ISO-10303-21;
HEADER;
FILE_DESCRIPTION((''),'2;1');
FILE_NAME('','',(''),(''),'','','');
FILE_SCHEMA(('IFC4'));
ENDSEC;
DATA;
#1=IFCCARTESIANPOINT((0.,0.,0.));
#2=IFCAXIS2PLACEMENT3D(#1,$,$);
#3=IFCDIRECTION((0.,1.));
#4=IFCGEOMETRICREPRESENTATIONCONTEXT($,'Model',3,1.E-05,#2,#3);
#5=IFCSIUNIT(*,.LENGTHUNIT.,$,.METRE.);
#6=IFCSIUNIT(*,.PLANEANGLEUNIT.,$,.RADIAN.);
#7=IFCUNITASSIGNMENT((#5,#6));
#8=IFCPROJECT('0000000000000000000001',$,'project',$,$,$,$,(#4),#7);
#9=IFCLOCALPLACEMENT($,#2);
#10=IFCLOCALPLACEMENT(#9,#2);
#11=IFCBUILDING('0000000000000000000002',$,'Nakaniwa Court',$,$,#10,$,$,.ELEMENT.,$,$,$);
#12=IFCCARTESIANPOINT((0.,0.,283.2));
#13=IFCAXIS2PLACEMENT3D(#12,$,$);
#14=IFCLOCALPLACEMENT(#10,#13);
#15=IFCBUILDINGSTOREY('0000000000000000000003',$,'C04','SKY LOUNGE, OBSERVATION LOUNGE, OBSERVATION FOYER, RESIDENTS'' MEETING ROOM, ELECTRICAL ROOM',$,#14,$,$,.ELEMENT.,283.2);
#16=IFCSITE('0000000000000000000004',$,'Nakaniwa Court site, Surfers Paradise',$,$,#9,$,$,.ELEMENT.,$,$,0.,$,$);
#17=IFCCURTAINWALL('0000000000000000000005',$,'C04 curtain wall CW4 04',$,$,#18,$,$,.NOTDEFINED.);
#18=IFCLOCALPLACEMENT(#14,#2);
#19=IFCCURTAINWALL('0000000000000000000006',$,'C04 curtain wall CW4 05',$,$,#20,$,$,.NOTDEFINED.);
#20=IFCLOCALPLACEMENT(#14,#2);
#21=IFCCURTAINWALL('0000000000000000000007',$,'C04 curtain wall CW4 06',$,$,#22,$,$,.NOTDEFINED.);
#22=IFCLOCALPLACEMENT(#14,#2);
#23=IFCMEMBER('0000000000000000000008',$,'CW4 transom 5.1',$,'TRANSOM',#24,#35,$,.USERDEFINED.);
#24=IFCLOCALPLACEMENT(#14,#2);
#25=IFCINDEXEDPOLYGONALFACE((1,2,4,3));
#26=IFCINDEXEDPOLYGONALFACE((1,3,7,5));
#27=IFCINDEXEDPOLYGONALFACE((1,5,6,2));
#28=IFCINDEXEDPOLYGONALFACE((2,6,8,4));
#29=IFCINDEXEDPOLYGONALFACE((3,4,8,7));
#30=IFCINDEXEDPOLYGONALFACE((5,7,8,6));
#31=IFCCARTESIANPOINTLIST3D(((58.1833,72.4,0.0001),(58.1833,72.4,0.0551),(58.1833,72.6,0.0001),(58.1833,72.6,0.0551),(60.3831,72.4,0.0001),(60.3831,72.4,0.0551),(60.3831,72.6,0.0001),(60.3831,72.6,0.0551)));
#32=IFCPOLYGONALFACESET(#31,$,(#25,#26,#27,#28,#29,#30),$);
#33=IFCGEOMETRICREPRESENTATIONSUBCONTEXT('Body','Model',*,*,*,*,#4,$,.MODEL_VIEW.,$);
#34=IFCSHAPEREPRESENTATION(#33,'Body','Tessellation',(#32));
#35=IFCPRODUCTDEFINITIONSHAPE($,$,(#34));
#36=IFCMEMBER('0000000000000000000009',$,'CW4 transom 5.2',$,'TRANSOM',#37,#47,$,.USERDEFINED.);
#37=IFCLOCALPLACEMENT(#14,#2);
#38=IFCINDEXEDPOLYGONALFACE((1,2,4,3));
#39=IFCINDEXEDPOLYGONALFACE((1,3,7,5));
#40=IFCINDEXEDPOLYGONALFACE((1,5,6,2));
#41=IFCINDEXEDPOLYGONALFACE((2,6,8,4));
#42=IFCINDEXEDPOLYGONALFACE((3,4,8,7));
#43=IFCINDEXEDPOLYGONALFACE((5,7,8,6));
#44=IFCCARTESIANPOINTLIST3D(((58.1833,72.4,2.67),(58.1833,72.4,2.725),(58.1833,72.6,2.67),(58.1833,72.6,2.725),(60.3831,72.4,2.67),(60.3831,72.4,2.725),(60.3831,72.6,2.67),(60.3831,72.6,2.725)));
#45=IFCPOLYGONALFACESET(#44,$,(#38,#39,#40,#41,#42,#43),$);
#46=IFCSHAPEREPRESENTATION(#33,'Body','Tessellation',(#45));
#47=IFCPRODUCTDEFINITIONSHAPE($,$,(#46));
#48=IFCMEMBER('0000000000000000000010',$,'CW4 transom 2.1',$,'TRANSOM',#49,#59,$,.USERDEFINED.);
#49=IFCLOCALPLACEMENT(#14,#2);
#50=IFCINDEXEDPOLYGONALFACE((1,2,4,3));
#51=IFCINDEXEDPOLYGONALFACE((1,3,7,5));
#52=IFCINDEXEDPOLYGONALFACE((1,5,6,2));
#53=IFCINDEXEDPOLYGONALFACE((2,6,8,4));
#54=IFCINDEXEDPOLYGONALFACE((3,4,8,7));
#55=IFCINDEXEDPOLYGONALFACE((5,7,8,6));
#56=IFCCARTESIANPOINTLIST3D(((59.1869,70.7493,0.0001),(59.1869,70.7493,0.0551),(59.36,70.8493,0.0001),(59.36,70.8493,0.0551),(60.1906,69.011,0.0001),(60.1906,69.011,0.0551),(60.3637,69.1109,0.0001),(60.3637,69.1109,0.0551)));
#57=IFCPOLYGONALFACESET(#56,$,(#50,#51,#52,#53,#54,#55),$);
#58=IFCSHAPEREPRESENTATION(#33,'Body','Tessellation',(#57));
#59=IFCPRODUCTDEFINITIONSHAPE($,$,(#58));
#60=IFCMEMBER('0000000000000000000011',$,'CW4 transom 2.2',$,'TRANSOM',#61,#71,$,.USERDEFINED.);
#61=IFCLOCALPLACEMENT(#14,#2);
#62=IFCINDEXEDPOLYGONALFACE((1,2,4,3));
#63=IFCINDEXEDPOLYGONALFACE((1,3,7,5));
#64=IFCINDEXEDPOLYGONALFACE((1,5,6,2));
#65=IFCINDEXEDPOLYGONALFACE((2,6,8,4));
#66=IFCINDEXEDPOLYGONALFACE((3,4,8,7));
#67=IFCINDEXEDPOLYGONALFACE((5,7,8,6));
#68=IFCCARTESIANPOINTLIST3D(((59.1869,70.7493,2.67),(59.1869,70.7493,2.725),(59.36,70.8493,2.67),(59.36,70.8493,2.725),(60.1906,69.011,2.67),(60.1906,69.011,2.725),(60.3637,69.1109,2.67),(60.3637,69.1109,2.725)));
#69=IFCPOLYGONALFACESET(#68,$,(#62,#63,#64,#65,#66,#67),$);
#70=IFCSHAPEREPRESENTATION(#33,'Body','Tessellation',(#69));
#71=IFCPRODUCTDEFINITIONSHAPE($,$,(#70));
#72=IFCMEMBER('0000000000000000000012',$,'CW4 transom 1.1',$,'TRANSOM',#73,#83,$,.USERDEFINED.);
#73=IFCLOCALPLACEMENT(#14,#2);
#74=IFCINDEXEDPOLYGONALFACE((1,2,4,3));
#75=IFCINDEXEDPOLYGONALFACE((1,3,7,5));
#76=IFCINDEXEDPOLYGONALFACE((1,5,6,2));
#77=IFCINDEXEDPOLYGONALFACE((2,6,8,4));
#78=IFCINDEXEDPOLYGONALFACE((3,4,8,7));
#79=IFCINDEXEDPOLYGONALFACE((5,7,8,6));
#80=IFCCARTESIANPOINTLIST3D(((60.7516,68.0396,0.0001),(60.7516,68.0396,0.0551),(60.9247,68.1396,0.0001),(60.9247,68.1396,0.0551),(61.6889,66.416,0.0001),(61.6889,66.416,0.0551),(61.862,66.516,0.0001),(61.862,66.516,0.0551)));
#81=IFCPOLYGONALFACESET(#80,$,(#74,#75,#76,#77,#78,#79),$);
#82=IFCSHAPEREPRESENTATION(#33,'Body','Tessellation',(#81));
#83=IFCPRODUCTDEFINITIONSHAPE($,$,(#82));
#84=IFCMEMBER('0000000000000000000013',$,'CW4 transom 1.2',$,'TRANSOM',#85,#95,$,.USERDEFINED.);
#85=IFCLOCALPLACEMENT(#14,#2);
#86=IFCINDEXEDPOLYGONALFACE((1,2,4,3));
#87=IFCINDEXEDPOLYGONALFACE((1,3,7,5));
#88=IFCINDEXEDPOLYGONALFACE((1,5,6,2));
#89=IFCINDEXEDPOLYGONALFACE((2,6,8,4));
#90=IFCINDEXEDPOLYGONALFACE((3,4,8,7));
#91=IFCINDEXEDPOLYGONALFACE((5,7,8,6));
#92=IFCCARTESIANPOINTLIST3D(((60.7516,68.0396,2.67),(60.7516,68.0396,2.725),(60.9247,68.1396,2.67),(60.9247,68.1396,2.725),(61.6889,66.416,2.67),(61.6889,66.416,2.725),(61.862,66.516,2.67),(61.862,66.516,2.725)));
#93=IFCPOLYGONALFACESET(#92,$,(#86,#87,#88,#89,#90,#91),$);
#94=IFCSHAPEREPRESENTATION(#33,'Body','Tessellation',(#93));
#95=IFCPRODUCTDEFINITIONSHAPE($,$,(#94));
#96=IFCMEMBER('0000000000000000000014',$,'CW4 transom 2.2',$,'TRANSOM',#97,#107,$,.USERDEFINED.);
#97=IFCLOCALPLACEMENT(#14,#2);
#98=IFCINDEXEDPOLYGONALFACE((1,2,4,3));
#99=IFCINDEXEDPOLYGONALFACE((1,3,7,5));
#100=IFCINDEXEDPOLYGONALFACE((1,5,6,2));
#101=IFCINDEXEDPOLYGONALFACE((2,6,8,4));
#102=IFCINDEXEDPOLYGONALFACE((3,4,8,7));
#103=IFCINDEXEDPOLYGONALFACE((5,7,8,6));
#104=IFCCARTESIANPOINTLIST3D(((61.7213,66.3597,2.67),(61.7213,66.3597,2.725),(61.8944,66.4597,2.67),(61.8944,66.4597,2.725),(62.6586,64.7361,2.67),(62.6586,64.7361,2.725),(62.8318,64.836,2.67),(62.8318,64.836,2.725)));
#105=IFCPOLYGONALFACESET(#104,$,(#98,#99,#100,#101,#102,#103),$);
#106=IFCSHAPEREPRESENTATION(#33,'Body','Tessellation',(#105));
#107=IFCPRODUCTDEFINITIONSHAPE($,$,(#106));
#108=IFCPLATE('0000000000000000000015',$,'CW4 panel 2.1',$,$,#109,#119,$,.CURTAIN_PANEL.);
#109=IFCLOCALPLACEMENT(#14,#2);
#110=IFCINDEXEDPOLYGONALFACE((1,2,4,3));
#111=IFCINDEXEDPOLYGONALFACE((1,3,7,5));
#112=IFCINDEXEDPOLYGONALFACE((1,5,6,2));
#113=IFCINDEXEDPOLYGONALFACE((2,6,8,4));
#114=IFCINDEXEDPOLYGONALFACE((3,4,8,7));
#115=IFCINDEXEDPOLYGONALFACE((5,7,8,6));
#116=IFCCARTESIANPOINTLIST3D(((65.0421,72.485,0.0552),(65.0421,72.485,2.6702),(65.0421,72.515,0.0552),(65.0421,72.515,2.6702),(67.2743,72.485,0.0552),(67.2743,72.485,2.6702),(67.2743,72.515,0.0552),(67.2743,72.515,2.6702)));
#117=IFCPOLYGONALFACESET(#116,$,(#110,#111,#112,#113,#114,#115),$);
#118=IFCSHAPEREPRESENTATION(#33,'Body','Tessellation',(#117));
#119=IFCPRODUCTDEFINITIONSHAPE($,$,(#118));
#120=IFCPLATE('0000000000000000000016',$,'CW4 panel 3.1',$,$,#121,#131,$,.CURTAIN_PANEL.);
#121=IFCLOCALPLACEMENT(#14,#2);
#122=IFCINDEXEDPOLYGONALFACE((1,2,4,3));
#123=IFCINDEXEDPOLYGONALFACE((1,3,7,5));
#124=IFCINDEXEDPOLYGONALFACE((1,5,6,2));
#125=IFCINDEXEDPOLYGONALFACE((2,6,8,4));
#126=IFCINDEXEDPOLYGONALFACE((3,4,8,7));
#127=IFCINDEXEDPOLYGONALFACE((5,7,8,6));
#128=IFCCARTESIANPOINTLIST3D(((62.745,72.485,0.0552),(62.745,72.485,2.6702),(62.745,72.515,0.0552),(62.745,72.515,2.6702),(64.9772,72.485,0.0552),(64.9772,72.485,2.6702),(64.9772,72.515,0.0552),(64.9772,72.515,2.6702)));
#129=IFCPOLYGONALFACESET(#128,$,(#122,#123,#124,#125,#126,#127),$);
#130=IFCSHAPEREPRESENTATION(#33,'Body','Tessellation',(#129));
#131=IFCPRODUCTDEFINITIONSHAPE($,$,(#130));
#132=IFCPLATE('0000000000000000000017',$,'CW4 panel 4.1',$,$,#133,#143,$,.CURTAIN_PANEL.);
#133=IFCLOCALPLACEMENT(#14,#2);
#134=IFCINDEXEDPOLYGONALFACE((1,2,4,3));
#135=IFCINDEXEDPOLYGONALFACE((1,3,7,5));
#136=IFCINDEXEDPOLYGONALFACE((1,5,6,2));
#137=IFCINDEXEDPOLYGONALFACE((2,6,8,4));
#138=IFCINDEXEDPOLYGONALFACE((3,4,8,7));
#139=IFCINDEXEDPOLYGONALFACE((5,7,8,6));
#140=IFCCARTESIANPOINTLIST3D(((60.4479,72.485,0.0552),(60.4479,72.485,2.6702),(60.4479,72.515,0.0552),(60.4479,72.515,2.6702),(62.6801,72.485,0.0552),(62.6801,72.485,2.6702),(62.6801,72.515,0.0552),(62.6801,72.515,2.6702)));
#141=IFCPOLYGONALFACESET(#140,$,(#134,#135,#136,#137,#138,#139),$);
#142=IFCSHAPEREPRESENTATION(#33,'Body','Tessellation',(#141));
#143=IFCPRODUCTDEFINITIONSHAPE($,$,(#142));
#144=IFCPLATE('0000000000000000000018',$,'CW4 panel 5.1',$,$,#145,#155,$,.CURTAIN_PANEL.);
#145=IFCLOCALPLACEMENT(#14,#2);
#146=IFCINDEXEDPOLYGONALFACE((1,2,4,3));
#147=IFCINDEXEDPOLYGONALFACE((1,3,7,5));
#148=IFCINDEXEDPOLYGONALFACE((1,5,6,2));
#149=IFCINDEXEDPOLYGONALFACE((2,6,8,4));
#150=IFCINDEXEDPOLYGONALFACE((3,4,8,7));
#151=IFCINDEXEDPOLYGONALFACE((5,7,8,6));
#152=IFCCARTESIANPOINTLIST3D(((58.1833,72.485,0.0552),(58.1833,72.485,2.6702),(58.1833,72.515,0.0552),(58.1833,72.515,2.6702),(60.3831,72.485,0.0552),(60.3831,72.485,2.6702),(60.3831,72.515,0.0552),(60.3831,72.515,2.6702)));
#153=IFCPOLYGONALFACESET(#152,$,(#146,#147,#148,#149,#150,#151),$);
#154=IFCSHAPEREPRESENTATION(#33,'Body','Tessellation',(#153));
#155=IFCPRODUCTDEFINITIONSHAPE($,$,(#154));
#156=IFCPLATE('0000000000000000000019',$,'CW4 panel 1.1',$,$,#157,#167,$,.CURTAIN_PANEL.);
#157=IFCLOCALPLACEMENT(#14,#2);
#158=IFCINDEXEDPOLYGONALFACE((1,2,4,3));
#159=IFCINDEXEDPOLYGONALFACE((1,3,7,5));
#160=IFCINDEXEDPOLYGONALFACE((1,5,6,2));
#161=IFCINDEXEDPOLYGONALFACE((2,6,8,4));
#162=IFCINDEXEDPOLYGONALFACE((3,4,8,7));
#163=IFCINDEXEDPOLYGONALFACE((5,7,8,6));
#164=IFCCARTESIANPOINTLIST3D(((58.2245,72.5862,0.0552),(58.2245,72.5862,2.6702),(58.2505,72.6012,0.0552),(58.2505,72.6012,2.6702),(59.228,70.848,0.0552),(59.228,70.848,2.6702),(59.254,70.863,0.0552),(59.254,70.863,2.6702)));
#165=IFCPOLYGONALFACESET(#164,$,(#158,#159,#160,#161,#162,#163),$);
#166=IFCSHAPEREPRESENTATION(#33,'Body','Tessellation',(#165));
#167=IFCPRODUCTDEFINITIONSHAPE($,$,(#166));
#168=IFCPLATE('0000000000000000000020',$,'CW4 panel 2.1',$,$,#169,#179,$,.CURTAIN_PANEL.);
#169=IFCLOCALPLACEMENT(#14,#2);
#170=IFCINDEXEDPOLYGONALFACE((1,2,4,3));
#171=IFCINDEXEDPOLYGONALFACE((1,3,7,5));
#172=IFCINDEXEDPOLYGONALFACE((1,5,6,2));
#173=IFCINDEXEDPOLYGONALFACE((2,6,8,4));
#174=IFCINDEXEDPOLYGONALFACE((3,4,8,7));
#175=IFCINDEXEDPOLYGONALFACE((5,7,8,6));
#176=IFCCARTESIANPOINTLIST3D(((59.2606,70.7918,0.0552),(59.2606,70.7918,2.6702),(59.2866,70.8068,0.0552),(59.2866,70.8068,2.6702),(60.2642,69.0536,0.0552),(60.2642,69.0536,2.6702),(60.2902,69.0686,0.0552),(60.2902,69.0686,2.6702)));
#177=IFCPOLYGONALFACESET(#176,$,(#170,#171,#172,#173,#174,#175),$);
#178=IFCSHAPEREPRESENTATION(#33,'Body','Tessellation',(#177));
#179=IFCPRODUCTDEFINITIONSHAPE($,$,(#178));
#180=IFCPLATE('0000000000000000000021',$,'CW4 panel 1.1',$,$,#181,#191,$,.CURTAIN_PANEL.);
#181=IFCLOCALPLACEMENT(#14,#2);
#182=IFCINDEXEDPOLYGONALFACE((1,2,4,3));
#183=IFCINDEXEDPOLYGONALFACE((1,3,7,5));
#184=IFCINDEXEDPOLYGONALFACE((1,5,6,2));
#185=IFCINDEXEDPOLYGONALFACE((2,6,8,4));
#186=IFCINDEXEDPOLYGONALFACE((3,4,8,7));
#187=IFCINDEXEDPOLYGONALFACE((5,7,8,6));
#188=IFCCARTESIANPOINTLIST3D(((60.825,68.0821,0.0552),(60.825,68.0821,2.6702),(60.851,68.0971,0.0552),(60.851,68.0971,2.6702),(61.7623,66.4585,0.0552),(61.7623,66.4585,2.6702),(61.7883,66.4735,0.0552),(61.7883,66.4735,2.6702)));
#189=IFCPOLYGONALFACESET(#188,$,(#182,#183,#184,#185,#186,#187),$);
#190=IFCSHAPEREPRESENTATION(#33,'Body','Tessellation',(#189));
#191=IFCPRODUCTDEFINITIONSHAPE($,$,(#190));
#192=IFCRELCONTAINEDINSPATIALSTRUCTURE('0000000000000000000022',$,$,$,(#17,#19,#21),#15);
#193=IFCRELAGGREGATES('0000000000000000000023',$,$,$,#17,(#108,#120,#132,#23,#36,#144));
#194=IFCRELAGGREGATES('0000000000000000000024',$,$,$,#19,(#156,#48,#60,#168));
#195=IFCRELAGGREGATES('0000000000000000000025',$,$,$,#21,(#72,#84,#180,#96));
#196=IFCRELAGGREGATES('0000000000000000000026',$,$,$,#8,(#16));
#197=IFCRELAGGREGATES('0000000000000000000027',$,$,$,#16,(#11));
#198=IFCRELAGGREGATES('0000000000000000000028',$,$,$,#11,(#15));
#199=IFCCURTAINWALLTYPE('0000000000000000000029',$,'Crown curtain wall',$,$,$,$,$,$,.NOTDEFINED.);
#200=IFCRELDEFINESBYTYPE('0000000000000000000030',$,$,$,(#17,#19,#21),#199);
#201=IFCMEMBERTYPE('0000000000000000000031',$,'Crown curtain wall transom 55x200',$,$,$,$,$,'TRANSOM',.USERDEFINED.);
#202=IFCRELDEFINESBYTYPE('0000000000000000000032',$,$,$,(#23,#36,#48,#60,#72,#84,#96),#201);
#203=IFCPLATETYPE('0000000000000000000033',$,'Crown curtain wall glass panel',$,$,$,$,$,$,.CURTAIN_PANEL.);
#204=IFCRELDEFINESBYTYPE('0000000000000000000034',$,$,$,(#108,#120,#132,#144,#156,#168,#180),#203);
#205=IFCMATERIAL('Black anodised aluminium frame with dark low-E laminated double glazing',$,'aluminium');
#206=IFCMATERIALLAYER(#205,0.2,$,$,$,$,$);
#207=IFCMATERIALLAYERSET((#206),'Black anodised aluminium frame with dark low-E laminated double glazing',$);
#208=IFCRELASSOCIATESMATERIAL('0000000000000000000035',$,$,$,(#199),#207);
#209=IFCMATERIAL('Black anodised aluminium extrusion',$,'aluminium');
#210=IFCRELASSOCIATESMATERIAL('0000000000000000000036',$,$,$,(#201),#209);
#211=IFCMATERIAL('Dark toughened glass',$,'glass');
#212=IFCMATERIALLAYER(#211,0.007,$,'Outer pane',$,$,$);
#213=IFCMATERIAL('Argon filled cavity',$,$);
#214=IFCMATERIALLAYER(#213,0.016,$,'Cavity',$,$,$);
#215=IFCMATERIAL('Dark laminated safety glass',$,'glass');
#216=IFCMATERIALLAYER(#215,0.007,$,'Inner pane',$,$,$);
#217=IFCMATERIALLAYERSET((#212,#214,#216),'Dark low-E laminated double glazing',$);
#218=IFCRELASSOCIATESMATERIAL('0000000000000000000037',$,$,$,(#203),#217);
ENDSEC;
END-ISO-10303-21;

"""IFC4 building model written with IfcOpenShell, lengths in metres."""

from ifc_helpers import new_model, si_unit, direction, frame, origin, origin_2d, place, context, subcontext, project, spatial, rectangle, extrude, material, layer, layer_set, material_profile, profile_set, type_object, element, aggregate, save


model = new_model("IFC4")

# Units and contexts
model_context = context("Model", 3, precision=1e-05, world=origin(), true_north=direction((0.0, 1.0)))
body_context = subcontext(model_context, "Body", "Model", "MODEL_VIEW")
ifc_project = project(units=[si_unit("LENGTHUNIT", "METRE"), si_unit("PLANEANGLEUNIT", "RADIAN")], contexts=[model_context])

# Site, building, storey
site_placement = place(None, origin())
site = spatial("IfcSite", under=ifc_project, at=site_placement, Name="Nakaniwa Court site, Surfers Paradise", CompositionType="ELEMENT", RefElevation=0.0)
building_placement = place(site_placement, origin())
building = spatial("IfcBuilding", under=site, at=building_placement, Name="Nakaniwa Court", CompositionType="ELEMENT")
storey_placement = place(building_placement, frame((0.0, 0.0, 283.2)))
storey = spatial("IfcBuildingStorey", under=building, at=storey_placement, Name="C04", Description="SKY LOUNGE, OBSERVATION LOUNGE, OBSERVATION FOYER, RESIDENTS' MEETING ROOM, ELECTRICAL ROOM", CompositionType="ELEMENT", Elevation=283.2)

# Curtain walls
ifc_material_1 = material(Name="Black anodised aluminium frame with dark low-E laminated double glazing", Category="aluminium")
ifc_layer_1 = layer(ifc_material_1, 0.2)
ifc_layer_set_1 = layer_set([ifc_layer_1], Name="Black anodised aluminium frame with dark low-E laminated double glazing")
curtain_wall_type = type_object("IfcCurtainWallType", Name="Crown curtain wall", PredefinedType="NOTDEFINED", material=ifc_layer_set_1)
curtain_wall_1_placement = place(storey_placement, origin())
curtain_wall_1 = element("IfcCurtainWall", 1, at=curtain_wall_1_placement, inside=storey, type_object=curtain_wall_type, Name="C04 curtain wall CW4 04", PredefinedType="NOTDEFINED")
ifc_material_2 = material(Name="Black anodised aluminium extrusion", Category="aluminium")
curtain_wall_2_placement = place(storey_placement, origin())
curtain_wall_2 = element("IfcCurtainWall", 2, at=curtain_wall_2_placement, inside=storey, type_object=curtain_wall_type, Name="C04 curtain wall CW4 05", PredefinedType="NOTDEFINED")
curtain_wall_3_placement = place(storey_placement, origin())
curtain_wall_3 = element("IfcCurtainWall", 3, at=curtain_wall_3_placement, inside=storey, type_object=curtain_wall_type, Name="C04 curtain wall CW4 06", PredefinedType="NOTDEFINED")

# Members
ifc_material_profile_1 = material_profile(ifc_material_2, rectangle(XDim=0.2, YDim=0.0549, at=origin_2d()), Name="Crown curtain wall transom 55x200")
ifc_profile_set_1 = profile_set([ifc_material_profile_1], Name="Black anodised aluminium extrusion")
member_type_1 = type_object("IfcMemberType", Name="Crown curtain wall transom 55x200", ElementType="TRANSOM", PredefinedType="USERDEFINED", material=ifc_profile_set_1)
member_1_placement = place(storey_placement, frame((60.3831, 72.5, 0.0276), z_axis=(-1.0, 0.0, 0.0), x_axis=(0.0, -1.0, 0.0)))
member_1 = element("IfcMember", 4, at=member_1_placement, type_object=member_type_1, Name="CW4 transom 5.1", ObjectType="TRANSOM", PredefinedType="USERDEFINED", context=body_context, shape_type="SweptSolid", body=[
    extrude(rectangle(XDim=0.2, YDim=0.0549, at=origin_2d()), origin(), (0.0, 0.0, 1.0), 2.1997),
])
member_2_placement = place(storey_placement, frame((60.3831, 72.5, 2.6975), z_axis=(-1.0, 0.0, 0.0), x_axis=(0.0, -1.0, 0.0)))
member_2 = element("IfcMember", 5, at=member_2_placement, type_object=member_type_1, Name="CW4 transom 5.2", ObjectType="TRANSOM", PredefinedType="USERDEFINED", context=body_context, shape_type="SweptSolid", body=[
    extrude(rectangle(XDim=0.2, YDim=0.0549, at=origin_2d()), origin(), (0.0, 0.0, 1.0), 2.1997),
])
member_3_placement = place(storey_placement, frame((59.2734, 70.7993, 0.0276), z_axis=(0.500024, -0.866011, 0.0), x_axis=(0.866011, 0.500024, 0.0)))
member_3 = element("IfcMember", 6, at=member_3_placement, type_object=member_type_1, Name="CW4 transom 2.1", ObjectType="TRANSOM", PredefinedType="USERDEFINED", context=body_context, shape_type="SweptSolid", body=[
    extrude(rectangle(XDim=0.2, YDim=0.0549, at=origin_2d()), origin(), (0.0, 0.0, 1.0), 2.0073),
])
member_4_placement = place(storey_placement, frame((59.2734, 70.7993, 2.6975), z_axis=(0.500024, -0.866011, 0.0), x_axis=(0.866011, 0.500024, 0.0)))
member_4 = element("IfcMember", 7, at=member_4_placement, type_object=member_type_1, Name="CW4 transom 2.2", ObjectType="TRANSOM", PredefinedType="USERDEFINED", context=body_context, shape_type="SweptSolid", body=[
    extrude(rectangle(XDim=0.2, YDim=0.0549, at=origin_2d()), origin(), (0.0, 0.0, 1.0), 2.0073),
])
member_5_placement = place(storey_placement, frame((60.8381, 68.0896, 0.0276), z_axis=(0.499963, -0.866047, 0.0), x_axis=(0.866047, 0.499963, 0.0)))
member_5 = element("IfcMember", 8, at=member_5_placement, type_object=member_type_1, Name="CW4 transom 1.1", ObjectType="TRANSOM", PredefinedType="USERDEFINED", context=body_context, shape_type="SweptSolid", body=[
    extrude(rectangle(XDim=0.2, YDim=0.0549, at=origin_2d()), origin(), (0.0, 0.0, 1.0), 1.8748),
])
member_6_placement = place(storey_placement, frame((60.8381, 68.0896, 2.6975), z_axis=(0.499963, -0.866047, 0.0), x_axis=(0.866047, 0.499963, 0.0)))
member_6 = element("IfcMember", 9, at=member_6_placement, type_object=member_type_1, Name="CW4 transom 1.2", ObjectType="TRANSOM", PredefinedType="USERDEFINED", context=body_context, shape_type="SweptSolid", body=[
    extrude(rectangle(XDim=0.2, YDim=0.0549, at=origin_2d()), origin(), (0.0, 0.0, 1.0), 1.8748),
])
member_7_placement = place(storey_placement, frame((61.8079, 66.4097, 2.6975), z_axis=(0.499963, -0.866047, 0.0), x_axis=(0.866047, 0.499963, 0.0)))
member_7 = element("IfcMember", 10, at=member_7_placement, type_object=member_type_1, Name="CW4 transom 2.2", ObjectType="TRANSOM", PredefinedType="USERDEFINED", context=body_context, shape_type="SweptSolid", body=[
    extrude(rectangle(XDim=0.2, YDim=0.0549, at=origin_2d()), origin(), (0.0, 0.0, 1.0), 1.8748),
])

# Plates
ifc_material_3 = material(Name="Dark toughened glass", Category="glass")
ifc_layer_2 = layer(ifc_material_3, 0.007, Name="Outer pane")
ifc_material_4 = material(Name="Argon filled cavity")
ifc_layer_3 = layer(ifc_material_4, 0.016, Name="Cavity")
ifc_material_5 = material(Name="Dark laminated safety glass", Category="glass")
ifc_layer_4 = layer(ifc_material_5, 0.007, Name="Inner pane")
ifc_layer_set_2 = layer_set([ifc_layer_2, ifc_layer_3, ifc_layer_4], Name="Dark low-E laminated double glazing")
plate_type = type_object("IfcPlateType", Name="Crown curtain wall glass panel", PredefinedType="CURTAIN_PANEL", material=ifc_layer_set_2)
plate_1_placement = place(storey_placement, frame((66.1582, 72.5, 0.0552), z_axis=(0.0, 0.0, 1.0), x_axis=(-1.0, 0.0, 0.0)))
plate_1 = element("IfcPlate", 11, at=plate_1_placement, type_object=plate_type, Name="CW4 panel 2.1", PredefinedType="CURTAIN_PANEL", context=body_context, shape_type="SweptSolid", body=[
    extrude(rectangle(XDim=2.2322, YDim=0.03, at=origin_2d()), origin(), (0.0, 0.0, 1.0), 2.615),
])
plate_2_placement = place(storey_placement, frame((63.8611, 72.5, 0.0552), z_axis=(0.0, 0.0, 1.0), x_axis=(-1.0, 0.0, 0.0)))
plate_2 = element("IfcPlate", 12, at=plate_2_placement, type_object=plate_type, Name="CW4 panel 3.1", PredefinedType="CURTAIN_PANEL", context=body_context, shape_type="SweptSolid", body=[
    extrude(rectangle(XDim=2.2322, YDim=0.03, at=origin_2d()), origin(), (0.0, 0.0, 1.0), 2.615),
])
plate_3_placement = place(storey_placement, frame((61.564, 72.5, 0.0552), z_axis=(0.0, 0.0, 1.0), x_axis=(-1.0, 0.0, 0.0)))
plate_3 = element("IfcPlate", 13, at=plate_3_placement, type_object=plate_type, Name="CW4 panel 4.1", PredefinedType="CURTAIN_PANEL", context=body_context, shape_type="SweptSolid", body=[
    extrude(rectangle(XDim=2.2322, YDim=0.03, at=origin_2d()), origin(), (0.0, 0.0, 1.0), 2.615),
])
plate_4_placement = place(storey_placement, frame((59.2832, 72.5, 0.0552), z_axis=(0.0, 0.0, 1.0), x_axis=(-1.0, 0.0, 0.0)))
plate_4 = element("IfcPlate", 14, at=plate_4_placement, type_object=plate_type, Name="CW4 panel 5.1", PredefinedType="CURTAIN_PANEL", context=body_context, shape_type="SweptSolid", body=[
    extrude(rectangle(XDim=2.1997, YDim=0.03, at=origin_2d()), origin(), (0.0, 0.0, 1.0), 2.615),
])
aggregate(curtain_wall_1, [plate_1, plate_2, plate_3, member_1, member_2, plate_4])
plate_5_placement = place(storey_placement, frame((58.7393, 71.7246, 0.0552), z_axis=(0.0, 0.0, 1.0), x_axis=(0.500008, -0.866021, 0.0)))
plate_5 = element("IfcPlate", 15, at=plate_5_placement, type_object=plate_type, Name="CW4 panel 1.1", PredefinedType="CURTAIN_PANEL", context=body_context, shape_type="SweptSolid", body=[
    extrude(rectangle(XDim=2.0071, YDim=0.03, at=origin_2d()), origin(), (0.0, 0.0, 1.0), 2.615),
])
plate_6_placement = place(storey_placement, frame((59.7754, 69.9302, 0.0552), z_axis=(0.0, 0.0, 1.0), x_axis=(0.500008, -0.866021, 0.0)))
plate_6 = element("IfcPlate", 16, at=plate_6_placement, type_object=plate_type, Name="CW4 panel 2.1", PredefinedType="CURTAIN_PANEL", context=body_context, shape_type="SweptSolid", body=[
    extrude(rectangle(XDim=2.0071, YDim=0.03, at=origin_2d()), origin(), (0.0, 0.0, 1.0), 2.615),
])
aggregate(curtain_wall_2, [plate_5, member_3, member_4, plate_6])
plate_7_placement = place(storey_placement, frame((61.3066, 67.2778, 0.0552), z_axis=(0.0, 0.0, 1.0), x_axis=(0.499987, -0.866033, 0.0)))
plate_7 = element("IfcPlate", 17, at=plate_7_placement, type_object=plate_type, Name="CW4 panel 1.1", PredefinedType="CURTAIN_PANEL", context=body_context, shape_type="SweptSolid", body=[
    extrude(rectangle(XDim=1.8748, YDim=0.03, at=origin_2d()), origin(), (0.0, 0.0, 1.0), 2.615),
])
aggregate(curtain_wall_3, [member_5, member_6, plate_7, member_7])

save(model, "model.ifc")
